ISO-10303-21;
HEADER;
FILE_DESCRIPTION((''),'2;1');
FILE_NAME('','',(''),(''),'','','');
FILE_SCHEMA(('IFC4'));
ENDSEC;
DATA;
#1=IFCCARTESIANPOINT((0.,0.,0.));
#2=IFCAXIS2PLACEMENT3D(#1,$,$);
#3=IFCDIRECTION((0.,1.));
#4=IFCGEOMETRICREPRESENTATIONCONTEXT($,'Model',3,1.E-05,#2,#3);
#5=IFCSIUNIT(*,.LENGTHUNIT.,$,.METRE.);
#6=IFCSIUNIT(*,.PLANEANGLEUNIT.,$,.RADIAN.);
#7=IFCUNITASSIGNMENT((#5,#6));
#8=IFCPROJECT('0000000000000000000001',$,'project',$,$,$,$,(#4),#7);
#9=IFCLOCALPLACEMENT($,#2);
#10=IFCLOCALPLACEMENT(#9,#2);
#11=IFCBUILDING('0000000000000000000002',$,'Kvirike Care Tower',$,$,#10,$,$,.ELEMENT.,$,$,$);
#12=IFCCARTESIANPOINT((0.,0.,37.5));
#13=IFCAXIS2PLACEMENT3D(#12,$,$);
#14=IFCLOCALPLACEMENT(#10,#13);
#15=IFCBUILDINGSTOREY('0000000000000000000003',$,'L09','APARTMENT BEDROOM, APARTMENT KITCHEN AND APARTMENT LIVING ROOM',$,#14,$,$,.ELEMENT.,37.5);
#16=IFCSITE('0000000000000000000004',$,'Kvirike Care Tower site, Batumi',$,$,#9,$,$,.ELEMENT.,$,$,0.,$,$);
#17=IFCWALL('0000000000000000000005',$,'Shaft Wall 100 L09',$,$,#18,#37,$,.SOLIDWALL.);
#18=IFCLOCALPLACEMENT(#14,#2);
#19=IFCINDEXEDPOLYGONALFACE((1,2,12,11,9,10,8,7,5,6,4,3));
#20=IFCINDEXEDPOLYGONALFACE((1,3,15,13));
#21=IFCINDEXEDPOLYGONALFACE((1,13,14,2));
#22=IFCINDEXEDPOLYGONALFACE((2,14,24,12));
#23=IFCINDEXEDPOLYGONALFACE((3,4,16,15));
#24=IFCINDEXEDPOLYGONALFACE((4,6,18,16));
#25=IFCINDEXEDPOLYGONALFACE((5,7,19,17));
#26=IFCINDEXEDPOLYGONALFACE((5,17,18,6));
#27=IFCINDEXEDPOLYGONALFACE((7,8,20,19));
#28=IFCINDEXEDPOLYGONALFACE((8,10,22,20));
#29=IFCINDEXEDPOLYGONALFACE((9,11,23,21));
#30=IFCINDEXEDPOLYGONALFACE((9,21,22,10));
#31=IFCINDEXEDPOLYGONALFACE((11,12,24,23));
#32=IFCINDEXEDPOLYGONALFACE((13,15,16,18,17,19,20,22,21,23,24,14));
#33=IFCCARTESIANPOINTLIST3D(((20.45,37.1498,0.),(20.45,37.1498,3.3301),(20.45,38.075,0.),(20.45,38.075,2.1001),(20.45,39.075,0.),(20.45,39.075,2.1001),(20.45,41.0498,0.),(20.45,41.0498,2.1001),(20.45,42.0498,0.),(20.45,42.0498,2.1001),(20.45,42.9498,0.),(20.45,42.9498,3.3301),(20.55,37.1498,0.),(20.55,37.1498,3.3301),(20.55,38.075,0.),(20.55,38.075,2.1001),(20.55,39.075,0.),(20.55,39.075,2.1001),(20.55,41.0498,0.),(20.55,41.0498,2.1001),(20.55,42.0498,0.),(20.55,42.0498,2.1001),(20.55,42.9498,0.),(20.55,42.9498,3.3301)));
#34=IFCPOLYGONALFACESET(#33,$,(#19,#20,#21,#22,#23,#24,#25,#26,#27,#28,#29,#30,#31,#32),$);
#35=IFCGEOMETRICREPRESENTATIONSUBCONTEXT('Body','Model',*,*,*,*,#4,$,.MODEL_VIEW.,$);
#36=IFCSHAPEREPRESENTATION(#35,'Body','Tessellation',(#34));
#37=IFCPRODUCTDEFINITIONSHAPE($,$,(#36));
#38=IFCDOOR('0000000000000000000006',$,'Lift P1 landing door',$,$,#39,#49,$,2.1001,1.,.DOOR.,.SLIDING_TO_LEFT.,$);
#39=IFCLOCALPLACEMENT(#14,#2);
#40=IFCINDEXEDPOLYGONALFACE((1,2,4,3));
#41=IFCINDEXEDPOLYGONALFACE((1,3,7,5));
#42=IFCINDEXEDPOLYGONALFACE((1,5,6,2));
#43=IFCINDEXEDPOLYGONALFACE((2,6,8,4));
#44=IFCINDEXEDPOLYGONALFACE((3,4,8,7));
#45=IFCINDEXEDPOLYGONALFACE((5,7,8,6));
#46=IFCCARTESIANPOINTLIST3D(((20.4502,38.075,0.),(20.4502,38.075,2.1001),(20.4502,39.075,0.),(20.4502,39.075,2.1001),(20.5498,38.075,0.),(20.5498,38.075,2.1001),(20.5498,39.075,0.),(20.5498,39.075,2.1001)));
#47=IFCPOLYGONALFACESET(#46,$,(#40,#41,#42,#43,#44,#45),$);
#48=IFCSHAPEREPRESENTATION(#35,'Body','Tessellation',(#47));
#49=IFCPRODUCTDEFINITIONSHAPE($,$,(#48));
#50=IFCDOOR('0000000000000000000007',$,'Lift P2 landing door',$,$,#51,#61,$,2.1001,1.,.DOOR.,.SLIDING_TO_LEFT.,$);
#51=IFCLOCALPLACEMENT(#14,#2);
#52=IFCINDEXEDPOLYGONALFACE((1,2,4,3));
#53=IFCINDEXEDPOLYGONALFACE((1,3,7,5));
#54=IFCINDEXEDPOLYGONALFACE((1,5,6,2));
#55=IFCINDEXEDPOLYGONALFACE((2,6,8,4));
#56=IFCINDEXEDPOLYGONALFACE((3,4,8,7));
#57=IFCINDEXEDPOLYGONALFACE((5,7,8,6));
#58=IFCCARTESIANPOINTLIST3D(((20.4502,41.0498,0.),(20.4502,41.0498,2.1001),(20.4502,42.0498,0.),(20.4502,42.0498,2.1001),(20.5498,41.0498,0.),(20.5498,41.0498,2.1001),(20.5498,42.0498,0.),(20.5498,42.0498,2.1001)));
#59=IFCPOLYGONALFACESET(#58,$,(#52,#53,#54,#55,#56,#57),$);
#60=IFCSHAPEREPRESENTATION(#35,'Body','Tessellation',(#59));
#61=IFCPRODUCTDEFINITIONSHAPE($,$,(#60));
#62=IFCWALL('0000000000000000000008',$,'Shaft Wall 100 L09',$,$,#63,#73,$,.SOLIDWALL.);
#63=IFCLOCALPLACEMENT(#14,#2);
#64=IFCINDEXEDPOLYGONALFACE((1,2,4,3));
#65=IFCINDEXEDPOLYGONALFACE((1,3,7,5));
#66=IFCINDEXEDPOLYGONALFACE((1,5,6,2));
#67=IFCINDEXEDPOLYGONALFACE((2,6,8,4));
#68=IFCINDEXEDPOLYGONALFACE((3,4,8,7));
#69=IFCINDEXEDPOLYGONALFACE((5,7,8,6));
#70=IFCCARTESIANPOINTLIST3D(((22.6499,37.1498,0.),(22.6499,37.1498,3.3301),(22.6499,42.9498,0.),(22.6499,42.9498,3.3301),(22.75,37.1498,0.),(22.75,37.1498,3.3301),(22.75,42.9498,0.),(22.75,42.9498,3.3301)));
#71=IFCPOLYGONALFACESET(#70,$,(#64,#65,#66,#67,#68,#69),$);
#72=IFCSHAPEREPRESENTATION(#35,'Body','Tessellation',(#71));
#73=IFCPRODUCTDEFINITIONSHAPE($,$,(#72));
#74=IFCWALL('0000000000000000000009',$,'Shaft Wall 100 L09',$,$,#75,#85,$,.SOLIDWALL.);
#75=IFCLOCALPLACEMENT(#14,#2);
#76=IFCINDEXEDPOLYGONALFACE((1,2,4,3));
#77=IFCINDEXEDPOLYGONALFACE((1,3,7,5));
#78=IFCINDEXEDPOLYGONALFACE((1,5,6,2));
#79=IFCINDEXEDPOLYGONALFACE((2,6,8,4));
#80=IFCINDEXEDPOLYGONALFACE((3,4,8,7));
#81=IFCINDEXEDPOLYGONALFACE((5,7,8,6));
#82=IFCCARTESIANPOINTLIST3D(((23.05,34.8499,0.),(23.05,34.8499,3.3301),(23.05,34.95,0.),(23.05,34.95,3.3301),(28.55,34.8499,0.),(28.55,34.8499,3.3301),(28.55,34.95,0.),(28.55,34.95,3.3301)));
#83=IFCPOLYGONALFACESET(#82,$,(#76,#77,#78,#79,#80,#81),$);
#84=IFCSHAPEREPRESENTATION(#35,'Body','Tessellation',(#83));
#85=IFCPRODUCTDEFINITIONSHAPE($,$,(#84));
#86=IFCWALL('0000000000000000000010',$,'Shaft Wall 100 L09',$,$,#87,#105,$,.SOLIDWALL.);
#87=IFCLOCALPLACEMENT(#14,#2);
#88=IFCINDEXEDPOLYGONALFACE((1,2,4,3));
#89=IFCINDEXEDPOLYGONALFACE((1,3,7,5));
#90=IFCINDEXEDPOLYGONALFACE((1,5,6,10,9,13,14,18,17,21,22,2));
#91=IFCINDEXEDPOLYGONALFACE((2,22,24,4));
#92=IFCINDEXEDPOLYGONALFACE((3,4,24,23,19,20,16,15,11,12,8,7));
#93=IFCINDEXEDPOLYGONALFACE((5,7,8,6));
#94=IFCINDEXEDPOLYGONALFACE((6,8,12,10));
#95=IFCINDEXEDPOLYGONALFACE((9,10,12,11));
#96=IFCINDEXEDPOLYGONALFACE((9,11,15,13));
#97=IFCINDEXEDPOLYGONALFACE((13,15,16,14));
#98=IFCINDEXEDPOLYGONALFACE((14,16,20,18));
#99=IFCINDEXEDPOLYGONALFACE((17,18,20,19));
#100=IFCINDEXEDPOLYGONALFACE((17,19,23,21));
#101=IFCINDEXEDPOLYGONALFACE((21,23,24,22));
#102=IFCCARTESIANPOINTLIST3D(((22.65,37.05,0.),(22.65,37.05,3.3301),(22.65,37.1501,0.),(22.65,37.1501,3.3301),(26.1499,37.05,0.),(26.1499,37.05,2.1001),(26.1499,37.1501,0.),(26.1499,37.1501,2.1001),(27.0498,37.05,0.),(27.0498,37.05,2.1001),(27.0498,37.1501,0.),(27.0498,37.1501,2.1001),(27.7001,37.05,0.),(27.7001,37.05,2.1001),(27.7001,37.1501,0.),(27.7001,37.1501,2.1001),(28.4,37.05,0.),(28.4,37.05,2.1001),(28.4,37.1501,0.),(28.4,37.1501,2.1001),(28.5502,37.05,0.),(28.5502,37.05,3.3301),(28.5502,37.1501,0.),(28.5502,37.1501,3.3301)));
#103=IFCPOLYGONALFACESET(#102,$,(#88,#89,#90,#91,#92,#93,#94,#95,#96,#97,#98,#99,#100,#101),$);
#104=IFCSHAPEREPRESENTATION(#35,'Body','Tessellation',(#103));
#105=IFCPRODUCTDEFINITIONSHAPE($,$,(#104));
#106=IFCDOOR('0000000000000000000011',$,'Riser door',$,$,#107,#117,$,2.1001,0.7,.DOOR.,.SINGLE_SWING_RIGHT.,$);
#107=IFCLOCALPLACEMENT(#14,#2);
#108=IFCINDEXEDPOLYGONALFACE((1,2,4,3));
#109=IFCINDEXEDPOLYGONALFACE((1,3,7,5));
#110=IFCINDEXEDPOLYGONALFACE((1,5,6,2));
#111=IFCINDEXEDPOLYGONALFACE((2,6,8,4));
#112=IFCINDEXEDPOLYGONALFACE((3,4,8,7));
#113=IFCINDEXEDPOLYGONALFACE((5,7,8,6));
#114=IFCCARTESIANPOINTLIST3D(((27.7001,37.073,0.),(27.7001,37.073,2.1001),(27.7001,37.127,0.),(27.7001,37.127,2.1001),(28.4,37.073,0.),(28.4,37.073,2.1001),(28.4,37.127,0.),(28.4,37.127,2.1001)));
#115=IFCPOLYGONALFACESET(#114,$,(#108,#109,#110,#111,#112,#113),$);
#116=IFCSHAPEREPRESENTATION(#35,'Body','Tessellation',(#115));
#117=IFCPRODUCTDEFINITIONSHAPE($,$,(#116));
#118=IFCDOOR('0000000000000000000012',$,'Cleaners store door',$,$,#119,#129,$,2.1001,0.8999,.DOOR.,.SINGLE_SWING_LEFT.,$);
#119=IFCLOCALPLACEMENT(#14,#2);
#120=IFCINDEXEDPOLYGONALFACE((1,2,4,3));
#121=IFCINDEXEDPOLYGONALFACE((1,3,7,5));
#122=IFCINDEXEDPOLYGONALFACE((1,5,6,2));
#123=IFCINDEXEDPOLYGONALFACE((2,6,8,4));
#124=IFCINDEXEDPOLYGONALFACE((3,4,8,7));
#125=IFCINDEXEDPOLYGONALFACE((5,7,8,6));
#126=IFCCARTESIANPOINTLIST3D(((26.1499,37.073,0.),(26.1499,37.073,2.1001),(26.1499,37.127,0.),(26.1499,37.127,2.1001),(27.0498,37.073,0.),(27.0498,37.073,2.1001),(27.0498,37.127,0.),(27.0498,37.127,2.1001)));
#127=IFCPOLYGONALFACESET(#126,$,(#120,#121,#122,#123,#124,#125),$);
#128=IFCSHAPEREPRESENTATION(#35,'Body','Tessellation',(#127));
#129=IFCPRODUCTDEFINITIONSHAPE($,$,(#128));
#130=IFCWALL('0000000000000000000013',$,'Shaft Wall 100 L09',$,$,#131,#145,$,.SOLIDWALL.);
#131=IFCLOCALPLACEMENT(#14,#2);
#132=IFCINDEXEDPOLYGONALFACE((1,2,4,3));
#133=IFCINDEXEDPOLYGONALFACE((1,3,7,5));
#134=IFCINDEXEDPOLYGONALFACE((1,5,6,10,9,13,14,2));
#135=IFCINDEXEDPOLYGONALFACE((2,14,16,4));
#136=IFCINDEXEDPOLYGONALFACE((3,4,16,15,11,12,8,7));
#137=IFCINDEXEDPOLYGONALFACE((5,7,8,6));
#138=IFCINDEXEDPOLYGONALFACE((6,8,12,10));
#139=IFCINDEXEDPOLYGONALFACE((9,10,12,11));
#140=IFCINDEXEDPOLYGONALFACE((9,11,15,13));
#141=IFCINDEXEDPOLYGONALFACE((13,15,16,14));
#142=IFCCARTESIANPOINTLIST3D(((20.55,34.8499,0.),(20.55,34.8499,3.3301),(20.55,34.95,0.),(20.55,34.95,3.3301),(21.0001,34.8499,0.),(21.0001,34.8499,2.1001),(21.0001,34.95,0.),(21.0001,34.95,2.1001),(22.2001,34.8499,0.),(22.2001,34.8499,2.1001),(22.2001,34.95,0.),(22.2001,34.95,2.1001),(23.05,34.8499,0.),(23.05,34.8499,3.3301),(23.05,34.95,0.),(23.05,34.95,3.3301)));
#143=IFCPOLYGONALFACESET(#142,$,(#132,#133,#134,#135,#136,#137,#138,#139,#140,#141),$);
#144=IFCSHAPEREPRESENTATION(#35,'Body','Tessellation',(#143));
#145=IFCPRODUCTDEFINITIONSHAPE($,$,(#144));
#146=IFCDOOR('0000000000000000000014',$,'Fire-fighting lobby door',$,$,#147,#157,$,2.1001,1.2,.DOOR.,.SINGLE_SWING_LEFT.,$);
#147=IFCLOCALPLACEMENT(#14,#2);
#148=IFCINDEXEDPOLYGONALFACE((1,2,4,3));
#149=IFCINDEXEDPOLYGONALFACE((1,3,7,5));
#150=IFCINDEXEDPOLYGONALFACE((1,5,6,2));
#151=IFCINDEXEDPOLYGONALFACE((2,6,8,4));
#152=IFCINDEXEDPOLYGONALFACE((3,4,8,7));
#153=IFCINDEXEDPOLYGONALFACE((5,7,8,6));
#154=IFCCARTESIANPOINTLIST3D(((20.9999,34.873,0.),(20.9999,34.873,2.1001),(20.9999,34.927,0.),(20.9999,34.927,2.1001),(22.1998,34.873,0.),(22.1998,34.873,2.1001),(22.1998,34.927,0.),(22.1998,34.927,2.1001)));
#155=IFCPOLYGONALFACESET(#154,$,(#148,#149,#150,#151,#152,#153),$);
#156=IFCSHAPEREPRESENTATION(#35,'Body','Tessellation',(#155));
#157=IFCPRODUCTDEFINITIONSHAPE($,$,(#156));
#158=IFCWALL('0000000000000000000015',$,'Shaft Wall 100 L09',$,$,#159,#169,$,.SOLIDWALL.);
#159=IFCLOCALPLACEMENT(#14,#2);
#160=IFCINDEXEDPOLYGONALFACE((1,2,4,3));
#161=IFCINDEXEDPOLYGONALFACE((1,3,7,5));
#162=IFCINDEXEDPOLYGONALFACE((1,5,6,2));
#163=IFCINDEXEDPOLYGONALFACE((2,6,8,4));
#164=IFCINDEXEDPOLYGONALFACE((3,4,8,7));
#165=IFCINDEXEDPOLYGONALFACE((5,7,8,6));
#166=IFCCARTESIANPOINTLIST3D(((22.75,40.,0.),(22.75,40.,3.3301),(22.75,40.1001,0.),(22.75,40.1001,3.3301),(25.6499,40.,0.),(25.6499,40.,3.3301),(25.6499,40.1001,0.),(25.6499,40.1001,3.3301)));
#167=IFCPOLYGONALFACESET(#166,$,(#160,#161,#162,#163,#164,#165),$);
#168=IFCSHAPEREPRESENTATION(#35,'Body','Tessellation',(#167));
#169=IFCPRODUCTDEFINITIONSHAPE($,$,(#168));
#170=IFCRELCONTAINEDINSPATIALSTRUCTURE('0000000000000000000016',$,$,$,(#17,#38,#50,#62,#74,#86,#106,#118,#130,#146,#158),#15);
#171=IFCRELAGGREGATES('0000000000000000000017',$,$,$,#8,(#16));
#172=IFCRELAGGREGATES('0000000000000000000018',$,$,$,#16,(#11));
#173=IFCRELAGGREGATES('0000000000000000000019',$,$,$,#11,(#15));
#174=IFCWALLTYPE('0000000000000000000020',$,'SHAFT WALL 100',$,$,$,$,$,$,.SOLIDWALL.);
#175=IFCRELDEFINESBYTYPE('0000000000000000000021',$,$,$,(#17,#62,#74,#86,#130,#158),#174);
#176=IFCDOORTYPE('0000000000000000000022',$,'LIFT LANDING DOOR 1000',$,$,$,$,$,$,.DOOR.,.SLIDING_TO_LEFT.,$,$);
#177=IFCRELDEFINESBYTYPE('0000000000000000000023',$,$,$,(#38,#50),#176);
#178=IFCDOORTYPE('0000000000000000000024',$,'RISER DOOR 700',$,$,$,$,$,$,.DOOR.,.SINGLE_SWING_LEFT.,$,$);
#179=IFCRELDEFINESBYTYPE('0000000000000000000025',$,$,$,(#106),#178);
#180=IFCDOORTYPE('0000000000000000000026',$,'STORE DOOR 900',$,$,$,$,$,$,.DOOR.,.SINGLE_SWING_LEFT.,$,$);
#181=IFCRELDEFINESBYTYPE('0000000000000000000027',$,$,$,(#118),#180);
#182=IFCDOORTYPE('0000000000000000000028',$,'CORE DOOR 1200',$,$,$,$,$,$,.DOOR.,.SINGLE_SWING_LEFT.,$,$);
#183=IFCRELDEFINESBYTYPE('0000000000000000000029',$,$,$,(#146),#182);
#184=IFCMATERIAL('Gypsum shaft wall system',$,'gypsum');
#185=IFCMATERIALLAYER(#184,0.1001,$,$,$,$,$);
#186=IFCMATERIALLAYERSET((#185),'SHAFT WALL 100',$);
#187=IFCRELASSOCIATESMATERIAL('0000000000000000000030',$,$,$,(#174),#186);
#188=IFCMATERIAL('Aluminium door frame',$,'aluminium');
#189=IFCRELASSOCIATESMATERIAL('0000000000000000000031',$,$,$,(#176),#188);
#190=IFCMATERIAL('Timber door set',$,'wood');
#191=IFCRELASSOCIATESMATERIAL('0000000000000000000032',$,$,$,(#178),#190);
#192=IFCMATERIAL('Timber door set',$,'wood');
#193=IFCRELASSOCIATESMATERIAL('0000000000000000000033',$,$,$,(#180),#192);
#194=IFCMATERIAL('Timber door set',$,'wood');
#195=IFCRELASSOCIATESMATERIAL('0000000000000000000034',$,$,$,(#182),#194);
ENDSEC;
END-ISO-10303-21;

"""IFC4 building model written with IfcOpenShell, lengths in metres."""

from ifc_helpers import new_model, si_unit, direction, frame, frame_2d, origin, place, context, subcontext, project, spatial, rectangle, extrude, material, layer, layer_set, type_object, element, fill, save


model = new_model("IFC4")

# Units and contexts
model_context = context("Model", 3, precision=1e-05, world=origin(), true_north=direction((0.0, 1.0)))
body_context = subcontext(model_context, "Body", "Model", "MODEL_VIEW")
ifc_project = project(units=[si_unit("LENGTHUNIT", "METRE"), si_unit("PLANEANGLEUNIT", "RADIAN")], contexts=[model_context])

# Site, building, storey
site_placement = place(None, origin())
site = spatial("IfcSite", under=ifc_project, at=site_placement, Name="Kvirike Care Tower site, Batumi", CompositionType="ELEMENT", RefElevation=0.0)
building_placement = place(site_placement, origin())
building = spatial("IfcBuilding", under=site, at=building_placement, Name="Kvirike Care Tower", CompositionType="ELEMENT")
storey_placement = place(building_placement, frame((0.0, 0.0, 37.5)))
storey = spatial("IfcBuildingStorey", under=building, at=storey_placement, Name="L09", Description="APARTMENT BEDROOM, APARTMENT KITCHEN AND APARTMENT LIVING ROOM", CompositionType="ELEMENT", Elevation=37.5)

# Shared definitions
ifc_material_1 = material(Name="Gypsum shaft wall system", Category="gypsum")
ifc_layer_1 = layer(ifc_material_1, 0.1001)
ifc_layer_set_1 = layer_set([ifc_layer_1], Name="SHAFT WALL 100")
wall_type_1 = type_object("IfcWallType", Name="SHAFT WALL 100", PredefinedType="SOLIDWALL", material=ifc_layer_set_1)

# Wall, openings, doors
wall_1_placement = place(storey_placement, frame((20.5, 37.1499, 0.0), z_axis=(0.0, 0.0, 1.0), x_axis=(0.0, 1.0, 0.0)))
wall_1 = element("IfcWall", 1, at=wall_1_placement, inside=storey, type_object=wall_type_1, Name="Shaft Wall 100 L09", PredefinedType="SOLIDWALL", context=body_context, shape_type="SweptSolid", body=[
    extrude(rectangle(XDim=5.8, YDim=0.1001, at=frame_2d((2.8999, 0.0))), origin(), (0.0, 0.0, 1.0), 3.3301),
])
opening_1_placement = place(wall_1_placement, frame((0.925, 0.0, 0.0)))
opening_1 = element("IfcOpeningElement", 2, at=opening_1_placement, cuts=wall_1, PredefinedType="OPENING", context=body_context, shape_type="SweptSolid", body=[
    extrude(rectangle(XDim=1.0, YDim=2.1001, at=frame_2d((0.5, 1.05))), frame((0.0, 0.0605, 0.0), z_axis=(0.0, -1.0, 0.0), x_axis=(1.0, 0.0, 0.0)), (0.0, 0.0, 1.0), 0.1211),
])
opening_2_placement = place(wall_1_placement, frame((3.8999, 0.0, 0.0)))
opening_2 = element("IfcOpeningElement", 3, at=opening_2_placement, cuts=wall_1, PredefinedType="OPENING", context=body_context, shape_type="SweptSolid", body=[
    extrude(rectangle(XDim=1.0, YDim=2.1001, at=frame_2d((0.5, 1.05))), frame((0.0, 0.0605, 0.0), z_axis=(0.0, -1.0, 0.0), x_axis=(1.0, 0.0, 0.0)), (0.0, 0.0, 1.0), 0.1211),
])
ifc_material_2 = material(Name="Aluminium door frame", Category="aluminium")
door_type_1 = type_object("IfcDoorType", Name="LIFT LANDING DOOR 1000", OperationType="SLIDING_TO_LEFT", PredefinedType="DOOR", material=ifc_material_2)
door_1_placement = place(opening_1_placement, origin())
door_1 = element("IfcDoor", 4, at=door_1_placement, inside=storey, type_object=door_type_1, Name="Lift P1 landing door", OperationType="SLIDING_TO_LEFT", OverallHeight=2.1001, OverallWidth=1.0, PredefinedType="DOOR", context=body_context, shape_type="SweptSolid", body=[
    extrude(rectangle(XDim=1.0, YDim=2.1001, at=frame_2d((0.5, 1.05))), frame((0.0, 0.0498, 0.0), z_axis=(0.0, -1.0, 0.0), x_axis=(1.0, 0.0, 0.0)), (0.0, 0.0, 1.0), 0.0996),
])
fill(opening_1, door_1)
door_2_placement = place(opening_2_placement, origin())
door_2 = element("IfcDoor", 5, at=door_2_placement, inside=storey, type_object=door_type_1, Name="Lift P2 landing door", OperationType="SLIDING_TO_LEFT", OverallHeight=2.1001, OverallWidth=1.0, PredefinedType="DOOR", context=body_context, shape_type="SweptSolid", body=[
    extrude(rectangle(XDim=1.0, YDim=2.1001, at=frame_2d((0.5, 1.05))), frame((0.0, 0.0498, 0.0), z_axis=(0.0, -1.0, 0.0), x_axis=(1.0, 0.0, 0.0)), (0.0, 0.0, 1.0), 0.0996),
])
fill(opening_2, door_2)

# Walls
wall_2_placement = place(storey_placement, frame((22.7, 37.1499, 0.0), z_axis=(0.0, 0.0, 1.0), x_axis=(0.0, 1.0, 0.0)))
element("IfcWall", 6, at=wall_2_placement, inside=storey, type_object=wall_type_1, Name="Shaft Wall 100 L09", PredefinedType="SOLIDWALL", context=body_context, shape_type="SweptSolid", body=[
    extrude(rectangle(XDim=5.8, YDim=0.1001, at=frame_2d((2.8999, 0.0))), origin(), (0.0, 0.0, 1.0), 3.3301),
])
wall_3_placement = place(storey_placement, frame((23.05, 34.8999, 0.0), z_axis=(0.0, 0.0, 1.0), x_axis=(1.0, 0.0, 0.0)))
element("IfcWall", 7, at=wall_3_placement, inside=storey, type_object=wall_type_1, Name="Shaft Wall 100 L09", PredefinedType="SOLIDWALL", context=body_context, shape_type="SweptSolid", body=[
    extrude(rectangle(XDim=5.5, YDim=0.1001, at=frame_2d((2.75, 0.0))), origin(), (0.0, 0.0, 1.0), 3.3301),
])

# Wall, openings, doors
wall_4_placement = place(storey_placement, frame((22.6499, 37.1001, 0.0), z_axis=(0.0, 0.0, 1.0), x_axis=(1.0, 0.0, 0.0)))
wall_4 = element("IfcWall", 8, at=wall_4_placement, inside=storey, type_object=wall_type_1, Name="Shaft Wall 100 L09", PredefinedType="SOLIDWALL", context=body_context, shape_type="SweptSolid", body=[
    extrude(rectangle(XDim=5.9001, YDim=0.1001, at=frame_2d((2.9502, 0.0))), origin(), (0.0, 0.0, 1.0), 3.3301),
])
opening_3_placement = place(wall_4_placement, frame((3.5, 0.0, 0.0)))
opening_3 = element("IfcOpeningElement", 9, at=opening_3_placement, cuts=wall_4, PredefinedType="OPENING", context=body_context, shape_type="SweptSolid", body=[
    extrude(rectangle(XDim=0.8999, YDim=2.1001, at=frame_2d((0.45, 1.05))), frame((0.0, 0.0605, 0.0), z_axis=(0.0, -1.0, 0.0), x_axis=(1.0, 0.0, 0.0)), (0.0, 0.0, 1.0), 0.1211),
])
opening_4_placement = place(wall_4_placement, frame((5.05, 0.0, 0.0)))
opening_4 = element("IfcOpeningElement", 10, at=opening_4_placement, cuts=wall_4, PredefinedType="OPENING", context=body_context, shape_type="SweptSolid", body=[
    extrude(rectangle(XDim=0.7, YDim=2.1001, at=frame_2d((0.3501, 1.05))), frame((0.0, 0.0605, 0.0), z_axis=(0.0, -1.0, 0.0), x_axis=(1.0, 0.0, 0.0)), (0.0, 0.0, 1.0), 0.1211),
])
ifc_material_3 = material(Name="Timber door set", Category="wood")
door_type_2 = type_object("IfcDoorType", Name="RISER DOOR 700", OperationType="SINGLE_SWING_LEFT", PredefinedType="DOOR", material=ifc_material_3)
door_3_placement = place(opening_4_placement, origin())
door_3 = element("IfcDoor", 11, at=door_3_placement, inside=storey, type_object=door_type_2, Name="Riser door", OperationType="SINGLE_SWING_RIGHT", OverallHeight=2.1001, OverallWidth=0.7, PredefinedType="DOOR", context=body_context, shape_type="SweptSolid", body=[
    extrude(rectangle(XDim=0.7, YDim=2.1001, at=frame_2d((0.3501, 1.05))), frame((0.0, 0.0269, 0.0), z_axis=(0.0, -1.0, 0.0), x_axis=(1.0, 0.0, 0.0)), (0.0, 0.0, 1.0), 0.054),
])
fill(opening_4, door_3)
ifc_material_4 = material(Name="Timber door set", Category="wood")
door_type_3 = type_object("IfcDoorType", Name="STORE DOOR 900", OperationType="SINGLE_SWING_LEFT", PredefinedType="DOOR", material=ifc_material_4)
door_4_placement = place(opening_3_placement, origin())
door_4 = element("IfcDoor", 12, at=door_4_placement, inside=storey, type_object=door_type_3, Name="Cleaners store door", OperationType="SINGLE_SWING_LEFT", OverallHeight=2.1001, OverallWidth=0.8999, PredefinedType="DOOR", context=body_context, shape_type="SweptSolid", body=[
    extrude(rectangle(XDim=0.8999, YDim=2.1001, at=frame_2d((0.45, 1.05))), frame((0.0, 0.0269, 0.0), z_axis=(0.0, -1.0, 0.0), x_axis=(1.0, 0.0, 0.0)), (0.0, 0.0, 1.0), 0.054),
])
fill(opening_3, door_4)

# Wall, opening, door
wall_5_placement = place(storey_placement, frame((20.55, 34.8999, 0.0), z_axis=(0.0, 0.0, 1.0), x_axis=(1.0, 0.0, 0.0)))
wall_5 = element("IfcWall", 13, at=wall_5_placement, inside=storey, type_object=wall_type_1, Name="Shaft Wall 100 L09", PredefinedType="SOLIDWALL", context=body_context, shape_type="SweptSolid", body=[
    extrude(rectangle(XDim=2.5, YDim=0.1001, at=frame_2d((1.25, 0.0))), origin(), (0.0, 0.0, 1.0), 3.3301),
])
opening_5_placement = place(wall_5_placement, frame((0.45, 0.0, 0.0)))
opening_5 = element("IfcOpeningElement", 14, at=opening_5_placement, cuts=wall_5, PredefinedType="OPENING", context=body_context, shape_type="SweptSolid", body=[
    extrude(rectangle(XDim=1.2, YDim=2.1001, at=frame_2d((0.6001, 1.05))), frame((0.0, 0.0605, 0.0), z_axis=(0.0, -1.0, 0.0), x_axis=(1.0, 0.0, 0.0)), (0.0, 0.0, 1.0), 0.1211),
])
ifc_material_5 = material(Name="Timber door set", Category="wood")
door_type_4 = type_object("IfcDoorType", Name="CORE DOOR 1200", OperationType="SINGLE_SWING_LEFT", PredefinedType="DOOR", material=ifc_material_5)
door_5_placement = place(opening_5_placement, frame((1.2, 0.0, 0.0), z_axis=(0.0, 0.0, 1.0), x_axis=(-1.0, 0.0, 0.0)))
door_5 = element("IfcDoor", 15, at=door_5_placement, inside=storey, type_object=door_type_4, Name="Fire-fighting lobby door", OperationType="SINGLE_SWING_LEFT", OverallHeight=2.1001, OverallWidth=1.2, PredefinedType="DOOR", context=body_context, shape_type="SweptSolid", body=[
    extrude(rectangle(XDim=1.2, YDim=2.1001, at=frame_2d((0.6001, 1.05))), frame((0.0, 0.0269, 0.0), z_axis=(0.0, -1.0, 0.0), x_axis=(1.0, 0.0, 0.0)), (0.0, 0.0, 1.0), 0.054),
])
fill(opening_5, door_5)

# Wall
wall_6_placement = place(storey_placement, frame((22.75, 40.05, 0.0), z_axis=(0.0, 0.0, 1.0), x_axis=(1.0, 0.0, 0.0)))
element("IfcWall", 16, at=wall_6_placement, inside=storey, type_object=wall_type_1, Name="Shaft Wall 100 L09", PredefinedType="SOLIDWALL", context=body_context, shape_type="SweptSolid", body=[
    extrude(rectangle(XDim=2.8999, YDim=0.1001, at=frame_2d((1.45, 0.0))), origin(), (0.0, 0.0, 1.0), 3.3301),
])

save(model, "model.ifc")
